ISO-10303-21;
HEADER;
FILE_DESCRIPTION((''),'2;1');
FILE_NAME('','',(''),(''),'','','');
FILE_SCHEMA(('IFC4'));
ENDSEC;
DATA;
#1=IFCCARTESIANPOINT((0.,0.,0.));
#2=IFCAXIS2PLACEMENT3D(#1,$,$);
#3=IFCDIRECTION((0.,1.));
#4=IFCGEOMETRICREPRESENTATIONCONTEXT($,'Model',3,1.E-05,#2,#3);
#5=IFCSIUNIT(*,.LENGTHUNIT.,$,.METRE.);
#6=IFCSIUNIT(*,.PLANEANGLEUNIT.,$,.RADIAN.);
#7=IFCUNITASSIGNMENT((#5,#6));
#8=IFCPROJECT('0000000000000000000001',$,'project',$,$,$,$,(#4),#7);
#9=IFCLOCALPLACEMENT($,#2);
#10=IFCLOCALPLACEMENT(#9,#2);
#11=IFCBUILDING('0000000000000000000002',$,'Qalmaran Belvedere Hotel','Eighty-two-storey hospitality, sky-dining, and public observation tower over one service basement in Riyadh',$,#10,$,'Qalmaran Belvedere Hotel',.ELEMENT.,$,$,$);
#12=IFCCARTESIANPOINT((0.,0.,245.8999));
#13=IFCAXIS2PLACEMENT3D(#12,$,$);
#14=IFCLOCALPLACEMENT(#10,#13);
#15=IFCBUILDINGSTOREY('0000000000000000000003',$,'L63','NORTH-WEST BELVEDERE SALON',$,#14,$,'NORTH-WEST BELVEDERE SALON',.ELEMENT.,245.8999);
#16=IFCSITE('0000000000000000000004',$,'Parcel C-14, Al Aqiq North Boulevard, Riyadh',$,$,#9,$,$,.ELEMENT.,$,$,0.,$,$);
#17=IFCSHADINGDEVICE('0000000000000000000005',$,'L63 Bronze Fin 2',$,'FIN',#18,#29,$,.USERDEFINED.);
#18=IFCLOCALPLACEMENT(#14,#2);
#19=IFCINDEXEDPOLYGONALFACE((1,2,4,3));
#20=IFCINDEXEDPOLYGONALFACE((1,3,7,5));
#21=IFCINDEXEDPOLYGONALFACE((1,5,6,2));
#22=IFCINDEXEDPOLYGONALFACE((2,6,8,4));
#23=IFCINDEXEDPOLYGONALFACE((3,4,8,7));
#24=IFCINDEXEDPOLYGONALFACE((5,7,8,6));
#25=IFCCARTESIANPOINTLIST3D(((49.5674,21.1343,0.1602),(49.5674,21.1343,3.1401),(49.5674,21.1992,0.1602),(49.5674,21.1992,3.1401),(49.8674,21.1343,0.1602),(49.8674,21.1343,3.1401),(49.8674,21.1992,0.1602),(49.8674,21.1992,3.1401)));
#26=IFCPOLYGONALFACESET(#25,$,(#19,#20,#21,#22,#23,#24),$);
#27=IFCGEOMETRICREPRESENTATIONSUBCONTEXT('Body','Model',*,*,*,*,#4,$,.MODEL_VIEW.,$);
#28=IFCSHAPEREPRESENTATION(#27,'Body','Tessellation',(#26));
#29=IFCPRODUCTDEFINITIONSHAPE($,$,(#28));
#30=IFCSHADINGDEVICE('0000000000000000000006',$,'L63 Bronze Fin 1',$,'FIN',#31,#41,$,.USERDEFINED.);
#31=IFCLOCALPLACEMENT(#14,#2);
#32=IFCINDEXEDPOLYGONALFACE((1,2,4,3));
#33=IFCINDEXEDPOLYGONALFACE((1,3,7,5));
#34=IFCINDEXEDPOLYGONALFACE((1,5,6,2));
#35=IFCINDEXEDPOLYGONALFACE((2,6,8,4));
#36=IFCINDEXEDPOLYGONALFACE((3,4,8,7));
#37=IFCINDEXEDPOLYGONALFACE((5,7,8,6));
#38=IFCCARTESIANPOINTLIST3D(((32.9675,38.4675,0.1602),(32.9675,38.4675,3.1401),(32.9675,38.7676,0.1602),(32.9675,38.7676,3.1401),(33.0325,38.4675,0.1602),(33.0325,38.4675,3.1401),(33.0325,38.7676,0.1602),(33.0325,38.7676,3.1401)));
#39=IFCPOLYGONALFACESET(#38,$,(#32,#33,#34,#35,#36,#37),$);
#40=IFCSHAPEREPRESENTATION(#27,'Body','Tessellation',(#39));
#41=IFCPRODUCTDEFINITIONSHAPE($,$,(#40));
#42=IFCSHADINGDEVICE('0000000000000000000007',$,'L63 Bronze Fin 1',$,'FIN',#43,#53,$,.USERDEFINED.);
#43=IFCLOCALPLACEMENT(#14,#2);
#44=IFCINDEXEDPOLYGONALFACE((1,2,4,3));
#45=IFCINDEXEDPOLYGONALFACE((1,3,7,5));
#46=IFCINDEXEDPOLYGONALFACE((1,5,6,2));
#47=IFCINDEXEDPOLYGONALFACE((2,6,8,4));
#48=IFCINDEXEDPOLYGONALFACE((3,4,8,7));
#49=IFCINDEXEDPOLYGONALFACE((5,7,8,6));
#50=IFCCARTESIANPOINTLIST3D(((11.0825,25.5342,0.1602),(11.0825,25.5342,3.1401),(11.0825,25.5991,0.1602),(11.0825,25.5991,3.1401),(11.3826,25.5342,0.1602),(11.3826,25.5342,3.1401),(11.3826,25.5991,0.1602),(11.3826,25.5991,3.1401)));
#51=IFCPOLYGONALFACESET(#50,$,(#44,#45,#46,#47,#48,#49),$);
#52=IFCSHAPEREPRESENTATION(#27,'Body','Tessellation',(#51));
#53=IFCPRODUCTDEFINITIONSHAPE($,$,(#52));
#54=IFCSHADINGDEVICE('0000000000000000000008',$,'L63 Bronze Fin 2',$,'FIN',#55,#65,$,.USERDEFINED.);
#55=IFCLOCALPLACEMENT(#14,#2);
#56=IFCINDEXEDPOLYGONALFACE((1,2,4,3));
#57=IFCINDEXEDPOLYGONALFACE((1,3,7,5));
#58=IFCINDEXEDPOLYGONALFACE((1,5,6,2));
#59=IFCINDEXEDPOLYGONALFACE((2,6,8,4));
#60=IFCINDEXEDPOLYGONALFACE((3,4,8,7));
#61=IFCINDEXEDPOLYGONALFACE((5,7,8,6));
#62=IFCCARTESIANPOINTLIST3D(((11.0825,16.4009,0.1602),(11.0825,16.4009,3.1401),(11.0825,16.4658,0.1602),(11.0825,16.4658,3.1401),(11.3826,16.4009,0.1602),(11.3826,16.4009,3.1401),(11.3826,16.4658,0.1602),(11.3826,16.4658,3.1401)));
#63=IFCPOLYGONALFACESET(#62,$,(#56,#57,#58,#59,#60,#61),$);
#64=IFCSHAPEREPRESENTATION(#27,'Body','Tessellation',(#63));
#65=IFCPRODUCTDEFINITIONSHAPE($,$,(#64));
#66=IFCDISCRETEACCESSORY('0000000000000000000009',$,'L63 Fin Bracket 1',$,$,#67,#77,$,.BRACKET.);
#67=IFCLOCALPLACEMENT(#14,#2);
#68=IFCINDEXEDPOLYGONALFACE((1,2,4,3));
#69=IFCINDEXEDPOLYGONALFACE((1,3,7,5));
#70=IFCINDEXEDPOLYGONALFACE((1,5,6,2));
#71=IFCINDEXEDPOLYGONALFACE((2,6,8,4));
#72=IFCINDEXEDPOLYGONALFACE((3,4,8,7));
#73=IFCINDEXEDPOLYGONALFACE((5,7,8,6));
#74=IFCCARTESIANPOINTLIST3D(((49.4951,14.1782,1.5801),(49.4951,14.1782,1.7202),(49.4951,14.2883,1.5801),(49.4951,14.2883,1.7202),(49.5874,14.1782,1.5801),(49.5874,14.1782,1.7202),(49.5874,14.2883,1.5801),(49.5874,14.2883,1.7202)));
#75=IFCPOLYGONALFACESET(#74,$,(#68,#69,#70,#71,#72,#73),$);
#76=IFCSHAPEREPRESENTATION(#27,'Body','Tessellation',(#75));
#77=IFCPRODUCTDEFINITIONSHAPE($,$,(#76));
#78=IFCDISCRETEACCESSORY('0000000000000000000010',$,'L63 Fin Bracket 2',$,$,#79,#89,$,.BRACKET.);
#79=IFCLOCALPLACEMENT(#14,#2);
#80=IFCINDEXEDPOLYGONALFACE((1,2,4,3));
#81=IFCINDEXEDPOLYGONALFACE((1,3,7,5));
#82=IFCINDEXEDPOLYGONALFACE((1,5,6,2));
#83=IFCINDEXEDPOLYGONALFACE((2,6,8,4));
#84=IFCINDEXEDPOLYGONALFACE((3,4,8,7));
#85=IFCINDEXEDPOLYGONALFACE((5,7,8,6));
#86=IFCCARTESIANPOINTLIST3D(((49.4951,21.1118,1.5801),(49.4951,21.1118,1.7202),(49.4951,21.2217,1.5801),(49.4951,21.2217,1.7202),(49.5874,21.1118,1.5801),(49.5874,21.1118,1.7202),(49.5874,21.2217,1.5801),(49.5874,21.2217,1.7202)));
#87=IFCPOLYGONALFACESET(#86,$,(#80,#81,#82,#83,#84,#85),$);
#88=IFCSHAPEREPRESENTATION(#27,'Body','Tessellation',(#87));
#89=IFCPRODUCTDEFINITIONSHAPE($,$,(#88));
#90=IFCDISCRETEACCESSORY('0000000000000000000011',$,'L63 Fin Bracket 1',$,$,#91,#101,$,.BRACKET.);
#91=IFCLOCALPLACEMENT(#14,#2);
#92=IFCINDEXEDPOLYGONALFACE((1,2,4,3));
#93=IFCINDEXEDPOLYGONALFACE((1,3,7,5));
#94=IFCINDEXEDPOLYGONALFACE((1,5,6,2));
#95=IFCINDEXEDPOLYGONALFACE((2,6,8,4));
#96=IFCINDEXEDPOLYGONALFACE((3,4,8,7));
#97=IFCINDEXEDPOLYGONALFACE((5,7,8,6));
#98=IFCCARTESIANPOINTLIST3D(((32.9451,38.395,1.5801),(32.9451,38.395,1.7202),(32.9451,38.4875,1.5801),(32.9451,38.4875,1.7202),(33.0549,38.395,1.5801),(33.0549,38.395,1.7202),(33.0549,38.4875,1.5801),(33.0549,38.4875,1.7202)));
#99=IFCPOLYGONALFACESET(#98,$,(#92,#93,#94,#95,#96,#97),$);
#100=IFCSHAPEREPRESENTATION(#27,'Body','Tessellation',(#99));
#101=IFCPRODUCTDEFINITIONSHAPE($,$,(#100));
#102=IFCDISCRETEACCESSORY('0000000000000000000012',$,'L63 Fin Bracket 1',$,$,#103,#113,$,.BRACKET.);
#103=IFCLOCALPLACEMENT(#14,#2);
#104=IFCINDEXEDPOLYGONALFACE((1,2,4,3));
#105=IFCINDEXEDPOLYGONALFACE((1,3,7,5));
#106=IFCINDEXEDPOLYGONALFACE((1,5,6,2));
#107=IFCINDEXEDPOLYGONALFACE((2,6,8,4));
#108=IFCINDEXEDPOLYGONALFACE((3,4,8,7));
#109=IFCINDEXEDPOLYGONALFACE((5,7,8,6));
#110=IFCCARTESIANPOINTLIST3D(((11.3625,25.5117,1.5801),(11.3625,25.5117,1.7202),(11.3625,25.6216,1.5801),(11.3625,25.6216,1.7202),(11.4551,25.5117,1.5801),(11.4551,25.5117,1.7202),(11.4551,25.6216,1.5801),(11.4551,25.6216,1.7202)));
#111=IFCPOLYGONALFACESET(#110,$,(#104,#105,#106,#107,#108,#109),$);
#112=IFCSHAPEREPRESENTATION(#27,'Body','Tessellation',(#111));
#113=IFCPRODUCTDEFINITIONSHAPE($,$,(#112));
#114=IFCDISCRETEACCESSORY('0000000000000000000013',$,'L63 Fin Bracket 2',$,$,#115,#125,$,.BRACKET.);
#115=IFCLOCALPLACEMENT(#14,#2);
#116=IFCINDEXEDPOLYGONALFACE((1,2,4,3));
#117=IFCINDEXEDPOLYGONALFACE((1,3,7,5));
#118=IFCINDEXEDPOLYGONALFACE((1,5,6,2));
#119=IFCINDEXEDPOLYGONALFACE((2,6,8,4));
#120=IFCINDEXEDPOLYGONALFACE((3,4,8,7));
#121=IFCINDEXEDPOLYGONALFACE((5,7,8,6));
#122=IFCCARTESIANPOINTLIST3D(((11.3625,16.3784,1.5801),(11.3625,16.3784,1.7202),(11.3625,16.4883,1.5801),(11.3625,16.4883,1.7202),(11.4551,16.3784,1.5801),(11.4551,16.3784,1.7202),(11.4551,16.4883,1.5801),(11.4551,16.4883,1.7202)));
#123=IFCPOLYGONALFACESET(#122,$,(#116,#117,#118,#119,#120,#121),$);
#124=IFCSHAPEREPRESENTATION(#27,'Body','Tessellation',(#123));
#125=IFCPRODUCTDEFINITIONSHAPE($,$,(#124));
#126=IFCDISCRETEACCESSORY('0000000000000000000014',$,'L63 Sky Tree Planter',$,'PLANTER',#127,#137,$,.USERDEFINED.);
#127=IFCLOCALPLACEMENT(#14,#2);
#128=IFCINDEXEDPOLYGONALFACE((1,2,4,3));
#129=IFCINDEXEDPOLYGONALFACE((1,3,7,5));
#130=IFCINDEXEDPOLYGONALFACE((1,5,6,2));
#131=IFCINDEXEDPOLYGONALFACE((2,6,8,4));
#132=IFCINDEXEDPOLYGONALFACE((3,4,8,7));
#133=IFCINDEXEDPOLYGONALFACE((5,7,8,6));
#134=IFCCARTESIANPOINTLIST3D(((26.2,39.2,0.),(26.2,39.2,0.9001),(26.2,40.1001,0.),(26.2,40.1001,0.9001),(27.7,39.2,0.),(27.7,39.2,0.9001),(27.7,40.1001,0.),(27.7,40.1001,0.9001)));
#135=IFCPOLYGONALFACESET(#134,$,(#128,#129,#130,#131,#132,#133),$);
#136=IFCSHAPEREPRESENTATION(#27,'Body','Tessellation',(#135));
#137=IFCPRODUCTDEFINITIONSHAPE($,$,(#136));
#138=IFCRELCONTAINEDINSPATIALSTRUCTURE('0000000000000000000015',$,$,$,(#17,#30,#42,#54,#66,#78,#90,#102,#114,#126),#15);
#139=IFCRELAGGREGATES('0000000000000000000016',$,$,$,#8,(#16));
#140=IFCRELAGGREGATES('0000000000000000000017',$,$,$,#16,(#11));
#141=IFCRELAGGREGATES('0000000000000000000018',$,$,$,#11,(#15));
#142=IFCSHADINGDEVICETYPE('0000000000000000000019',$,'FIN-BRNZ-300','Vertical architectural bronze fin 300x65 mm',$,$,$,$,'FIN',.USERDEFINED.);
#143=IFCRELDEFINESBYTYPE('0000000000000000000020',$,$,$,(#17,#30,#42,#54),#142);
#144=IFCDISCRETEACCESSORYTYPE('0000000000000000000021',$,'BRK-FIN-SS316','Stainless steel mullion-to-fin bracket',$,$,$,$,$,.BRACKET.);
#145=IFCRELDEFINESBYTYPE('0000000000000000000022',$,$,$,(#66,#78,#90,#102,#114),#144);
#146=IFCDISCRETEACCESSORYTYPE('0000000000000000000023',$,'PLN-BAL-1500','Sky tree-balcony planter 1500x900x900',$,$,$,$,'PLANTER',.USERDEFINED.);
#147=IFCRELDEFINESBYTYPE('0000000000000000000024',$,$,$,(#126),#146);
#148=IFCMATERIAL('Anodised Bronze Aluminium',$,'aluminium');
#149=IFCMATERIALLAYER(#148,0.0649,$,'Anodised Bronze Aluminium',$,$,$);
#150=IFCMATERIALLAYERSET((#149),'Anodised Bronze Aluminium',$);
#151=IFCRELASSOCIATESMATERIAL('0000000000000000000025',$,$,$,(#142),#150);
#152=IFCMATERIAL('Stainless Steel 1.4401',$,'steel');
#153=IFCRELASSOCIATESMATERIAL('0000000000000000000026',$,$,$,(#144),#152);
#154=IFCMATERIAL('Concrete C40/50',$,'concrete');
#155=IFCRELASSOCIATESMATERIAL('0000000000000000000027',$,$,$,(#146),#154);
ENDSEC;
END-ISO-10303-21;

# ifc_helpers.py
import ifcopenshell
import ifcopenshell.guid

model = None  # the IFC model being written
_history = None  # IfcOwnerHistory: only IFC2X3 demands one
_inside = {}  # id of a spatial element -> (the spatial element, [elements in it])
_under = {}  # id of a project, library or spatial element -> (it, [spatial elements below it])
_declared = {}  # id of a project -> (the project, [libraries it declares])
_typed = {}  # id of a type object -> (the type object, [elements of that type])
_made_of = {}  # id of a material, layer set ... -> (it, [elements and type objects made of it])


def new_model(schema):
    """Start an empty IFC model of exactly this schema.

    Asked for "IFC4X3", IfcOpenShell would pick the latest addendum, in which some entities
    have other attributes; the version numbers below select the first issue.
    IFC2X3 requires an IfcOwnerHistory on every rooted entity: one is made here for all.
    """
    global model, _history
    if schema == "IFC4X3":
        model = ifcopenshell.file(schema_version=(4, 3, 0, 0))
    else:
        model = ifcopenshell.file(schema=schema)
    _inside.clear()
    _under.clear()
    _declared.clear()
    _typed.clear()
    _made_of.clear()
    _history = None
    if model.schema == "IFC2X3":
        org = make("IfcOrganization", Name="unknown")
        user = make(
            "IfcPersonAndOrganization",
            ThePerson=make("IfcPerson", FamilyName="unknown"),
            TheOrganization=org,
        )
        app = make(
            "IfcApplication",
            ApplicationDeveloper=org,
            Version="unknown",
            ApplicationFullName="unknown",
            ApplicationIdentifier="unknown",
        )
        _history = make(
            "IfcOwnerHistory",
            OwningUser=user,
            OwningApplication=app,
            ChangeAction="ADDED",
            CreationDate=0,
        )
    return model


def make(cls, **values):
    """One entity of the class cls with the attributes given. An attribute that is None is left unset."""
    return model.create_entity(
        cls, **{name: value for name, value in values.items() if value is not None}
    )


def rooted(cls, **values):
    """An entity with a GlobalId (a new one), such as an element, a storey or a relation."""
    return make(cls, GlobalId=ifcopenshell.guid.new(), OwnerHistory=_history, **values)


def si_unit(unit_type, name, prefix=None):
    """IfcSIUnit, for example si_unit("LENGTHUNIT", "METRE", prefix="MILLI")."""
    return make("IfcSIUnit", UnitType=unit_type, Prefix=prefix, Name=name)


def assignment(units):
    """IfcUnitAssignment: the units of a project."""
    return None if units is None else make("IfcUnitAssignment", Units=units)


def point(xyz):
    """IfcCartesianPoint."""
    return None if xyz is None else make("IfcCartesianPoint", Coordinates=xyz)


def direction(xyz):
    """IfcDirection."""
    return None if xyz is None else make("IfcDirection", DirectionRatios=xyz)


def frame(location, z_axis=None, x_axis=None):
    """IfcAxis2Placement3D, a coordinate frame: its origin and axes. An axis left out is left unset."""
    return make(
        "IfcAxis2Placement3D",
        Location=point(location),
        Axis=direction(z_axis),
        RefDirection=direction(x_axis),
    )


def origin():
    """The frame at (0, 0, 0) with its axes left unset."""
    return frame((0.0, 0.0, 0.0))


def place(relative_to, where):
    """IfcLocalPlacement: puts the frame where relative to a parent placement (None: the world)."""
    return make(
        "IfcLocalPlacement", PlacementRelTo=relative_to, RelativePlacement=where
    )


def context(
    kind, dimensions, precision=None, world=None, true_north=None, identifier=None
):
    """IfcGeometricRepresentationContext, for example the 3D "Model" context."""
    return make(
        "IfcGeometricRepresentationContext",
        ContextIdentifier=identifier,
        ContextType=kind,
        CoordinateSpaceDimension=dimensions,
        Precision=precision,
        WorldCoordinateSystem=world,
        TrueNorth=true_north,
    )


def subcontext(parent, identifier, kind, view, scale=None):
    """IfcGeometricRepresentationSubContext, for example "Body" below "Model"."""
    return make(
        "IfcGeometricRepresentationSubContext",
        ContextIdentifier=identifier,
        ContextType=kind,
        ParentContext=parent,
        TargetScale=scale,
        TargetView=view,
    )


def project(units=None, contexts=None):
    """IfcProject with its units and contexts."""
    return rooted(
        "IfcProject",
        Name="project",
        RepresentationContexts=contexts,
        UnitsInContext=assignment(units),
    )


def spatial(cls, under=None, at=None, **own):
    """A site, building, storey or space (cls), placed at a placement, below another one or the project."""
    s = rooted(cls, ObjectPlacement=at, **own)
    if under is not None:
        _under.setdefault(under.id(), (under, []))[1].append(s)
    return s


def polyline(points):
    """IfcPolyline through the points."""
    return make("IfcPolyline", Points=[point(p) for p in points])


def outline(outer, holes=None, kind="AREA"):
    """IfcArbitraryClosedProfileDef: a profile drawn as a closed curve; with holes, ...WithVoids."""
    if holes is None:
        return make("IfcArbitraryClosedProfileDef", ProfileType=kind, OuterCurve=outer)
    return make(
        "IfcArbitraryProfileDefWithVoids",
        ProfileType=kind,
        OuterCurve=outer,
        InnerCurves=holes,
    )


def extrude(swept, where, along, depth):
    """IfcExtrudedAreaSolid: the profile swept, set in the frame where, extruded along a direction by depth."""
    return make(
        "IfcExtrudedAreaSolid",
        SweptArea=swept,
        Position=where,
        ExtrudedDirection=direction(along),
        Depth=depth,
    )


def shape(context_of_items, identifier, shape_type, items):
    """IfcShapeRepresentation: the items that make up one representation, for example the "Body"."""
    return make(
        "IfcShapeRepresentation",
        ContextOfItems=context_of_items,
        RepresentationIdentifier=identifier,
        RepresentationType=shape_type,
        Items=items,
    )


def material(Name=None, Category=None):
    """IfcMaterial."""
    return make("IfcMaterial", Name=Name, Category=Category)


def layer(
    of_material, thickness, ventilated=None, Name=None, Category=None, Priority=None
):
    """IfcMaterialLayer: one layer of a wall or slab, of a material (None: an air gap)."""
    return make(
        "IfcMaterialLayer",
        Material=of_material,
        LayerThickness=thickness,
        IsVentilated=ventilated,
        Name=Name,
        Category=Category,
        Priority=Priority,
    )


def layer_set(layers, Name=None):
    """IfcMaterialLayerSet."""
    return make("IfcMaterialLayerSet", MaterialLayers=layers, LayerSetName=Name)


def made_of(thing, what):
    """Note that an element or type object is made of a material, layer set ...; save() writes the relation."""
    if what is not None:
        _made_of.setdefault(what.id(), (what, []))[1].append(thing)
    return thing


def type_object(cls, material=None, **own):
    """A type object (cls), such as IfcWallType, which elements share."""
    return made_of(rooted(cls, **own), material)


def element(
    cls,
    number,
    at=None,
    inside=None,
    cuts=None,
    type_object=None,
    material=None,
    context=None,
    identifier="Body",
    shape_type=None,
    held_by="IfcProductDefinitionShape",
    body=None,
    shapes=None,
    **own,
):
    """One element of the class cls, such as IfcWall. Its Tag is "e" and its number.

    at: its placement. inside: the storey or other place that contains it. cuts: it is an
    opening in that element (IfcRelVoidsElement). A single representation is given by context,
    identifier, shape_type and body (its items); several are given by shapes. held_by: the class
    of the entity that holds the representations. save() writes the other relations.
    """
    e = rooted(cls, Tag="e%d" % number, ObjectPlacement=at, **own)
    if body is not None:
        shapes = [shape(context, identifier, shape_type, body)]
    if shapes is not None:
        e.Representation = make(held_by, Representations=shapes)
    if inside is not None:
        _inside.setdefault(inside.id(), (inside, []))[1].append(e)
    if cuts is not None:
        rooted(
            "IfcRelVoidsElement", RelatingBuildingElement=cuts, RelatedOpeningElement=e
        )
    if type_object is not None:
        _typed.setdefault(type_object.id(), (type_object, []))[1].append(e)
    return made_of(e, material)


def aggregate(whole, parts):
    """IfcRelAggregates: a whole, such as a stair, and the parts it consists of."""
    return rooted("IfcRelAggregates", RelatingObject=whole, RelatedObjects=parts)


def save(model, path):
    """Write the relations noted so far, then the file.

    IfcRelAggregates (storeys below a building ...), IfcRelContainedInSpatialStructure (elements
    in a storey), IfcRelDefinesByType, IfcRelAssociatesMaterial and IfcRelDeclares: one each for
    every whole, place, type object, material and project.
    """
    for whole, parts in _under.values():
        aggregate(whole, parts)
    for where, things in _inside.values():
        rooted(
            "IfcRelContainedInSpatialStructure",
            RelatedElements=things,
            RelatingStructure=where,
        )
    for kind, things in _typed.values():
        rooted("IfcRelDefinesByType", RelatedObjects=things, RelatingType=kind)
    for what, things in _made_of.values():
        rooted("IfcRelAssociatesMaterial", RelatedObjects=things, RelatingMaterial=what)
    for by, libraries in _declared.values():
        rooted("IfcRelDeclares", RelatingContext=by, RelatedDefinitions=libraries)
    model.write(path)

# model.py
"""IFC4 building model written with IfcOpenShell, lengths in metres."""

from ifc_helpers import new_model, si_unit, direction, frame, origin, place, context, subcontext, project, spatial, polyline, outline, extrude, material, layer, layer_set, type_object, element, save


model = new_model("IFC4")

# Units and contexts
model_context = context("Model", 3, precision=1e-05, world=origin(), true_north=direction((0.0, 1.0)))
body_context = subcontext(model_context, "Body", "Model", "MODEL_VIEW")
ifc_project = project(units=[si_unit("LENGTHUNIT", "METRE"), si_unit("PLANEANGLEUNIT", "RADIAN")], contexts=[model_context])

# Site, building, storey
site_placement = place(None, origin())
site = spatial("IfcSite", under=ifc_project, at=site_placement, Name="Parcel C-14, Al Aqiq North Boulevard, Riyadh", CompositionType="ELEMENT", RefElevation=0.0)
building_placement = place(site_placement, origin())
building = spatial("IfcBuilding", under=site, at=building_placement, Name="Qalmaran Belvedere Hotel", Description="Eighty-two-storey hospitality, sky-dining, and public observation tower over one service basement in Riyadh", LongName="Qalmaran Belvedere Hotel", CompositionType="ELEMENT")
storey_placement = place(building_placement, frame((0.0, 0.0, 245.8999)))
storey = spatial("IfcBuildingStorey", under=building, at=storey_placement, Name="L63", Description="NORTH-WEST BELVEDERE SALON", LongName="NORTH-WEST BELVEDERE SALON", CompositionType="ELEMENT", Elevation=245.8999)

# Shared definitions
ifc_material_1 = material(Name="Anodised Bronze Aluminium", Category="aluminium")

# Shared definitions
ifc_material_2 = material(Name="Concrete C40/50", Category="concrete")

# Shading devices
ifc_layer_1 = layer(ifc_material_1, 0.0649, Name="Anodised Bronze Aluminium")
ifc_layer_set_1 = layer_set([ifc_layer_1], Name="Anodised Bronze Aluminium")
shading_device_type = type_object("IfcShadingDeviceType", Name="FIN-BRNZ-300", Description="Vertical architectural bronze fin 300x65 mm", ElementType="FIN", PredefinedType="USERDEFINED", material=ifc_layer_set_1)
shading_device_1_placement = place(storey_placement, frame((0.0, 0.0, 0.1602)))
element("IfcShadingDevice", 1, at=shading_device_1_placement, inside=storey, type_object=shading_device_type, Name="L63 Bronze Fin 2", ObjectType="FIN", PredefinedType="USERDEFINED", context=body_context, shape_type="SweptSolid", body=[
    extrude(outline(polyline([(49.5674, 21.1343), (49.8674, 21.1343), (49.8674, 21.1992), (49.5674, 21.1992), (49.5674, 21.1343)])), origin(), (0.0, 0.0, 1.0), 2.98),
])
shading_device_2_placement = place(storey_placement, frame((0.0, 0.0, 0.1602)))
element("IfcShadingDevice", 2, at=shading_device_2_placement, inside=storey, type_object=shading_device_type, Name="L63 Bronze Fin 1", ObjectType="FIN", PredefinedType="USERDEFINED", context=body_context, shape_type="SweptSolid", body=[
    extrude(outline(polyline([(33.0325, 38.4675), (33.0325, 38.7676), (32.9675, 38.7676), (32.9675, 38.4675), (33.0325, 38.4675)])), origin(), (0.0, 0.0, 1.0), 2.98),
])
shading_device_3_placement = place(storey_placement, frame((0.0, 0.0, 0.1602)))
element("IfcShadingDevice", 3, at=shading_device_3_placement, inside=storey, type_object=shading_device_type, Name="L63 Bronze Fin 1", ObjectType="FIN", PredefinedType="USERDEFINED", context=body_context, shape_type="SweptSolid", body=[
    extrude(outline(polyline([(11.3826, 25.5991), (11.0825, 25.5991), (11.0825, 25.5342), (11.3826, 25.5342), (11.3826, 25.5991)])), origin(), (0.0, 0.0, 1.0), 2.98),
])
shading_device_4_placement = place(storey_placement, frame((0.0, 0.0, 0.1602)))
element("IfcShadingDevice", 4, at=shading_device_4_placement, inside=storey, type_object=shading_device_type, Name="L63 Bronze Fin 2", ObjectType="FIN", PredefinedType="USERDEFINED", context=body_context, shape_type="SweptSolid", body=[
    extrude(outline(polyline([(11.3826, 16.4658), (11.0825, 16.4658), (11.0825, 16.4009), (11.3826, 16.4009), (11.3826, 16.4658)])), origin(), (0.0, 0.0, 1.0), 2.98),
])

# Discrete accessories
ifc_material_3 = material(Name="Stainless Steel 1.4401", Category="steel")
discrete_accessory_type_1 = type_object("IfcDiscreteAccessoryType", Name="BRK-FIN-SS316", Description="Stainless steel mullion-to-fin bracket", PredefinedType="BRACKET", material=ifc_material_3)
discrete_accessory_1_placement = place(storey_placement, frame((0.0, 0.0, 1.5801)))
element("IfcDiscreteAccessory", 5, at=discrete_accessory_1_placement, inside=storey, type_object=discrete_accessory_type_1, Name="L63 Fin Bracket 1", PredefinedType="BRACKET", context=body_context, shape_type="SweptSolid", body=[
    extrude(outline(polyline([(49.4951, 14.1782), (49.5874, 14.1782), (49.5874, 14.2883), (49.4951, 14.2883), (49.4951, 14.1782)])), origin(), (0.0, 0.0, 1.0), 0.1401),
])
discrete_accessory_2_placement = place(storey_placement, frame((0.0, 0.0, 1.5801)))
element("IfcDiscreteAccessory", 6, at=discrete_accessory_2_placement, inside=storey, type_object=discrete_accessory_type_1, Name="L63 Fin Bracket 2", PredefinedType="BRACKET", context=body_context, shape_type="SweptSolid", body=[
    extrude(outline(polyline([(49.4951, 21.1118), (49.5874, 21.1118), (49.5874, 21.2217), (49.4951, 21.2217), (49.4951, 21.1118)])), origin(), (0.0, 0.0, 1.0), 0.1401),
])
discrete_accessory_3_placement = place(storey_placement, frame((0.0, 0.0, 1.5801)))
element("IfcDiscreteAccessory", 7, at=discrete_accessory_3_placement, inside=storey, type_object=discrete_accessory_type_1, Name="L63 Fin Bracket 1", PredefinedType="BRACKET", context=body_context, shape_type="SweptSolid", body=[
    extrude(outline(polyline([(33.0549, 38.395), (33.0549, 38.4875), (32.9451, 38.4875), (32.9451, 38.395), (33.0549, 38.395)])), origin(), (0.0, 0.0, 1.0), 0.1401),
])
discrete_accessory_4_placement = place(storey_placement, frame((0.0, 0.0, 1.5801)))
element("IfcDiscreteAccessory", 8, at=discrete_accessory_4_placement, inside=storey, type_object=discrete_accessory_type_1, Name="L63 Fin Bracket 1", PredefinedType="BRACKET", context=body_context, shape_type="SweptSolid", body=[
    extrude(outline(polyline([(11.4551, 25.6216), (11.3625, 25.6216), (11.3625, 25.5117), (11.4551, 25.5117), (11.4551, 25.6216)])), origin(), (0.0, 0.0, 1.0), 0.1401),
])
discrete_accessory_5_placement = place(storey_placement, frame((0.0, 0.0, 1.5801)))
element("IfcDiscreteAccessory", 9, at=discrete_accessory_5_placement, inside=storey, type_object=discrete_accessory_type_1, Name="L63 Fin Bracket 2", PredefinedType="BRACKET", context=body_context, shape_type="SweptSolid", body=[
    extrude(outline(polyline([(11.4551, 16.4883), (11.3625, 16.4883), (11.3625, 16.3784), (11.4551, 16.3784), (11.4551, 16.4883)])), origin(), (0.0, 0.0, 1.0), 0.1401),
])
discrete_accessory_type_2 = type_object("IfcDiscreteAccessoryType", Name="PLN-BAL-1500", Description="Sky tree-balcony planter 1500x900x900", ElementType="PLANTER", PredefinedType="USERDEFINED", material=ifc_material_2)
discrete_accessory_6_placement = place(storey_placement, origin())
element("IfcDiscreteAccessory", 10, at=discrete_accessory_6_placement, inside=storey, type_object=discrete_accessory_type_2, Name="L63 Sky Tree Planter", ObjectType="PLANTER", PredefinedType="USERDEFINED", context=body_context, shape_type="SweptSolid", body=[
    extrude(outline(polyline([(26.2, 39.2), (27.7, 39.2), (27.7, 40.1001), (26.2, 40.1001), (26.2, 39.2)])), origin(), (0.0, 0.0, 1.0), 0.9001),
])

save(model, "model.ifc")
